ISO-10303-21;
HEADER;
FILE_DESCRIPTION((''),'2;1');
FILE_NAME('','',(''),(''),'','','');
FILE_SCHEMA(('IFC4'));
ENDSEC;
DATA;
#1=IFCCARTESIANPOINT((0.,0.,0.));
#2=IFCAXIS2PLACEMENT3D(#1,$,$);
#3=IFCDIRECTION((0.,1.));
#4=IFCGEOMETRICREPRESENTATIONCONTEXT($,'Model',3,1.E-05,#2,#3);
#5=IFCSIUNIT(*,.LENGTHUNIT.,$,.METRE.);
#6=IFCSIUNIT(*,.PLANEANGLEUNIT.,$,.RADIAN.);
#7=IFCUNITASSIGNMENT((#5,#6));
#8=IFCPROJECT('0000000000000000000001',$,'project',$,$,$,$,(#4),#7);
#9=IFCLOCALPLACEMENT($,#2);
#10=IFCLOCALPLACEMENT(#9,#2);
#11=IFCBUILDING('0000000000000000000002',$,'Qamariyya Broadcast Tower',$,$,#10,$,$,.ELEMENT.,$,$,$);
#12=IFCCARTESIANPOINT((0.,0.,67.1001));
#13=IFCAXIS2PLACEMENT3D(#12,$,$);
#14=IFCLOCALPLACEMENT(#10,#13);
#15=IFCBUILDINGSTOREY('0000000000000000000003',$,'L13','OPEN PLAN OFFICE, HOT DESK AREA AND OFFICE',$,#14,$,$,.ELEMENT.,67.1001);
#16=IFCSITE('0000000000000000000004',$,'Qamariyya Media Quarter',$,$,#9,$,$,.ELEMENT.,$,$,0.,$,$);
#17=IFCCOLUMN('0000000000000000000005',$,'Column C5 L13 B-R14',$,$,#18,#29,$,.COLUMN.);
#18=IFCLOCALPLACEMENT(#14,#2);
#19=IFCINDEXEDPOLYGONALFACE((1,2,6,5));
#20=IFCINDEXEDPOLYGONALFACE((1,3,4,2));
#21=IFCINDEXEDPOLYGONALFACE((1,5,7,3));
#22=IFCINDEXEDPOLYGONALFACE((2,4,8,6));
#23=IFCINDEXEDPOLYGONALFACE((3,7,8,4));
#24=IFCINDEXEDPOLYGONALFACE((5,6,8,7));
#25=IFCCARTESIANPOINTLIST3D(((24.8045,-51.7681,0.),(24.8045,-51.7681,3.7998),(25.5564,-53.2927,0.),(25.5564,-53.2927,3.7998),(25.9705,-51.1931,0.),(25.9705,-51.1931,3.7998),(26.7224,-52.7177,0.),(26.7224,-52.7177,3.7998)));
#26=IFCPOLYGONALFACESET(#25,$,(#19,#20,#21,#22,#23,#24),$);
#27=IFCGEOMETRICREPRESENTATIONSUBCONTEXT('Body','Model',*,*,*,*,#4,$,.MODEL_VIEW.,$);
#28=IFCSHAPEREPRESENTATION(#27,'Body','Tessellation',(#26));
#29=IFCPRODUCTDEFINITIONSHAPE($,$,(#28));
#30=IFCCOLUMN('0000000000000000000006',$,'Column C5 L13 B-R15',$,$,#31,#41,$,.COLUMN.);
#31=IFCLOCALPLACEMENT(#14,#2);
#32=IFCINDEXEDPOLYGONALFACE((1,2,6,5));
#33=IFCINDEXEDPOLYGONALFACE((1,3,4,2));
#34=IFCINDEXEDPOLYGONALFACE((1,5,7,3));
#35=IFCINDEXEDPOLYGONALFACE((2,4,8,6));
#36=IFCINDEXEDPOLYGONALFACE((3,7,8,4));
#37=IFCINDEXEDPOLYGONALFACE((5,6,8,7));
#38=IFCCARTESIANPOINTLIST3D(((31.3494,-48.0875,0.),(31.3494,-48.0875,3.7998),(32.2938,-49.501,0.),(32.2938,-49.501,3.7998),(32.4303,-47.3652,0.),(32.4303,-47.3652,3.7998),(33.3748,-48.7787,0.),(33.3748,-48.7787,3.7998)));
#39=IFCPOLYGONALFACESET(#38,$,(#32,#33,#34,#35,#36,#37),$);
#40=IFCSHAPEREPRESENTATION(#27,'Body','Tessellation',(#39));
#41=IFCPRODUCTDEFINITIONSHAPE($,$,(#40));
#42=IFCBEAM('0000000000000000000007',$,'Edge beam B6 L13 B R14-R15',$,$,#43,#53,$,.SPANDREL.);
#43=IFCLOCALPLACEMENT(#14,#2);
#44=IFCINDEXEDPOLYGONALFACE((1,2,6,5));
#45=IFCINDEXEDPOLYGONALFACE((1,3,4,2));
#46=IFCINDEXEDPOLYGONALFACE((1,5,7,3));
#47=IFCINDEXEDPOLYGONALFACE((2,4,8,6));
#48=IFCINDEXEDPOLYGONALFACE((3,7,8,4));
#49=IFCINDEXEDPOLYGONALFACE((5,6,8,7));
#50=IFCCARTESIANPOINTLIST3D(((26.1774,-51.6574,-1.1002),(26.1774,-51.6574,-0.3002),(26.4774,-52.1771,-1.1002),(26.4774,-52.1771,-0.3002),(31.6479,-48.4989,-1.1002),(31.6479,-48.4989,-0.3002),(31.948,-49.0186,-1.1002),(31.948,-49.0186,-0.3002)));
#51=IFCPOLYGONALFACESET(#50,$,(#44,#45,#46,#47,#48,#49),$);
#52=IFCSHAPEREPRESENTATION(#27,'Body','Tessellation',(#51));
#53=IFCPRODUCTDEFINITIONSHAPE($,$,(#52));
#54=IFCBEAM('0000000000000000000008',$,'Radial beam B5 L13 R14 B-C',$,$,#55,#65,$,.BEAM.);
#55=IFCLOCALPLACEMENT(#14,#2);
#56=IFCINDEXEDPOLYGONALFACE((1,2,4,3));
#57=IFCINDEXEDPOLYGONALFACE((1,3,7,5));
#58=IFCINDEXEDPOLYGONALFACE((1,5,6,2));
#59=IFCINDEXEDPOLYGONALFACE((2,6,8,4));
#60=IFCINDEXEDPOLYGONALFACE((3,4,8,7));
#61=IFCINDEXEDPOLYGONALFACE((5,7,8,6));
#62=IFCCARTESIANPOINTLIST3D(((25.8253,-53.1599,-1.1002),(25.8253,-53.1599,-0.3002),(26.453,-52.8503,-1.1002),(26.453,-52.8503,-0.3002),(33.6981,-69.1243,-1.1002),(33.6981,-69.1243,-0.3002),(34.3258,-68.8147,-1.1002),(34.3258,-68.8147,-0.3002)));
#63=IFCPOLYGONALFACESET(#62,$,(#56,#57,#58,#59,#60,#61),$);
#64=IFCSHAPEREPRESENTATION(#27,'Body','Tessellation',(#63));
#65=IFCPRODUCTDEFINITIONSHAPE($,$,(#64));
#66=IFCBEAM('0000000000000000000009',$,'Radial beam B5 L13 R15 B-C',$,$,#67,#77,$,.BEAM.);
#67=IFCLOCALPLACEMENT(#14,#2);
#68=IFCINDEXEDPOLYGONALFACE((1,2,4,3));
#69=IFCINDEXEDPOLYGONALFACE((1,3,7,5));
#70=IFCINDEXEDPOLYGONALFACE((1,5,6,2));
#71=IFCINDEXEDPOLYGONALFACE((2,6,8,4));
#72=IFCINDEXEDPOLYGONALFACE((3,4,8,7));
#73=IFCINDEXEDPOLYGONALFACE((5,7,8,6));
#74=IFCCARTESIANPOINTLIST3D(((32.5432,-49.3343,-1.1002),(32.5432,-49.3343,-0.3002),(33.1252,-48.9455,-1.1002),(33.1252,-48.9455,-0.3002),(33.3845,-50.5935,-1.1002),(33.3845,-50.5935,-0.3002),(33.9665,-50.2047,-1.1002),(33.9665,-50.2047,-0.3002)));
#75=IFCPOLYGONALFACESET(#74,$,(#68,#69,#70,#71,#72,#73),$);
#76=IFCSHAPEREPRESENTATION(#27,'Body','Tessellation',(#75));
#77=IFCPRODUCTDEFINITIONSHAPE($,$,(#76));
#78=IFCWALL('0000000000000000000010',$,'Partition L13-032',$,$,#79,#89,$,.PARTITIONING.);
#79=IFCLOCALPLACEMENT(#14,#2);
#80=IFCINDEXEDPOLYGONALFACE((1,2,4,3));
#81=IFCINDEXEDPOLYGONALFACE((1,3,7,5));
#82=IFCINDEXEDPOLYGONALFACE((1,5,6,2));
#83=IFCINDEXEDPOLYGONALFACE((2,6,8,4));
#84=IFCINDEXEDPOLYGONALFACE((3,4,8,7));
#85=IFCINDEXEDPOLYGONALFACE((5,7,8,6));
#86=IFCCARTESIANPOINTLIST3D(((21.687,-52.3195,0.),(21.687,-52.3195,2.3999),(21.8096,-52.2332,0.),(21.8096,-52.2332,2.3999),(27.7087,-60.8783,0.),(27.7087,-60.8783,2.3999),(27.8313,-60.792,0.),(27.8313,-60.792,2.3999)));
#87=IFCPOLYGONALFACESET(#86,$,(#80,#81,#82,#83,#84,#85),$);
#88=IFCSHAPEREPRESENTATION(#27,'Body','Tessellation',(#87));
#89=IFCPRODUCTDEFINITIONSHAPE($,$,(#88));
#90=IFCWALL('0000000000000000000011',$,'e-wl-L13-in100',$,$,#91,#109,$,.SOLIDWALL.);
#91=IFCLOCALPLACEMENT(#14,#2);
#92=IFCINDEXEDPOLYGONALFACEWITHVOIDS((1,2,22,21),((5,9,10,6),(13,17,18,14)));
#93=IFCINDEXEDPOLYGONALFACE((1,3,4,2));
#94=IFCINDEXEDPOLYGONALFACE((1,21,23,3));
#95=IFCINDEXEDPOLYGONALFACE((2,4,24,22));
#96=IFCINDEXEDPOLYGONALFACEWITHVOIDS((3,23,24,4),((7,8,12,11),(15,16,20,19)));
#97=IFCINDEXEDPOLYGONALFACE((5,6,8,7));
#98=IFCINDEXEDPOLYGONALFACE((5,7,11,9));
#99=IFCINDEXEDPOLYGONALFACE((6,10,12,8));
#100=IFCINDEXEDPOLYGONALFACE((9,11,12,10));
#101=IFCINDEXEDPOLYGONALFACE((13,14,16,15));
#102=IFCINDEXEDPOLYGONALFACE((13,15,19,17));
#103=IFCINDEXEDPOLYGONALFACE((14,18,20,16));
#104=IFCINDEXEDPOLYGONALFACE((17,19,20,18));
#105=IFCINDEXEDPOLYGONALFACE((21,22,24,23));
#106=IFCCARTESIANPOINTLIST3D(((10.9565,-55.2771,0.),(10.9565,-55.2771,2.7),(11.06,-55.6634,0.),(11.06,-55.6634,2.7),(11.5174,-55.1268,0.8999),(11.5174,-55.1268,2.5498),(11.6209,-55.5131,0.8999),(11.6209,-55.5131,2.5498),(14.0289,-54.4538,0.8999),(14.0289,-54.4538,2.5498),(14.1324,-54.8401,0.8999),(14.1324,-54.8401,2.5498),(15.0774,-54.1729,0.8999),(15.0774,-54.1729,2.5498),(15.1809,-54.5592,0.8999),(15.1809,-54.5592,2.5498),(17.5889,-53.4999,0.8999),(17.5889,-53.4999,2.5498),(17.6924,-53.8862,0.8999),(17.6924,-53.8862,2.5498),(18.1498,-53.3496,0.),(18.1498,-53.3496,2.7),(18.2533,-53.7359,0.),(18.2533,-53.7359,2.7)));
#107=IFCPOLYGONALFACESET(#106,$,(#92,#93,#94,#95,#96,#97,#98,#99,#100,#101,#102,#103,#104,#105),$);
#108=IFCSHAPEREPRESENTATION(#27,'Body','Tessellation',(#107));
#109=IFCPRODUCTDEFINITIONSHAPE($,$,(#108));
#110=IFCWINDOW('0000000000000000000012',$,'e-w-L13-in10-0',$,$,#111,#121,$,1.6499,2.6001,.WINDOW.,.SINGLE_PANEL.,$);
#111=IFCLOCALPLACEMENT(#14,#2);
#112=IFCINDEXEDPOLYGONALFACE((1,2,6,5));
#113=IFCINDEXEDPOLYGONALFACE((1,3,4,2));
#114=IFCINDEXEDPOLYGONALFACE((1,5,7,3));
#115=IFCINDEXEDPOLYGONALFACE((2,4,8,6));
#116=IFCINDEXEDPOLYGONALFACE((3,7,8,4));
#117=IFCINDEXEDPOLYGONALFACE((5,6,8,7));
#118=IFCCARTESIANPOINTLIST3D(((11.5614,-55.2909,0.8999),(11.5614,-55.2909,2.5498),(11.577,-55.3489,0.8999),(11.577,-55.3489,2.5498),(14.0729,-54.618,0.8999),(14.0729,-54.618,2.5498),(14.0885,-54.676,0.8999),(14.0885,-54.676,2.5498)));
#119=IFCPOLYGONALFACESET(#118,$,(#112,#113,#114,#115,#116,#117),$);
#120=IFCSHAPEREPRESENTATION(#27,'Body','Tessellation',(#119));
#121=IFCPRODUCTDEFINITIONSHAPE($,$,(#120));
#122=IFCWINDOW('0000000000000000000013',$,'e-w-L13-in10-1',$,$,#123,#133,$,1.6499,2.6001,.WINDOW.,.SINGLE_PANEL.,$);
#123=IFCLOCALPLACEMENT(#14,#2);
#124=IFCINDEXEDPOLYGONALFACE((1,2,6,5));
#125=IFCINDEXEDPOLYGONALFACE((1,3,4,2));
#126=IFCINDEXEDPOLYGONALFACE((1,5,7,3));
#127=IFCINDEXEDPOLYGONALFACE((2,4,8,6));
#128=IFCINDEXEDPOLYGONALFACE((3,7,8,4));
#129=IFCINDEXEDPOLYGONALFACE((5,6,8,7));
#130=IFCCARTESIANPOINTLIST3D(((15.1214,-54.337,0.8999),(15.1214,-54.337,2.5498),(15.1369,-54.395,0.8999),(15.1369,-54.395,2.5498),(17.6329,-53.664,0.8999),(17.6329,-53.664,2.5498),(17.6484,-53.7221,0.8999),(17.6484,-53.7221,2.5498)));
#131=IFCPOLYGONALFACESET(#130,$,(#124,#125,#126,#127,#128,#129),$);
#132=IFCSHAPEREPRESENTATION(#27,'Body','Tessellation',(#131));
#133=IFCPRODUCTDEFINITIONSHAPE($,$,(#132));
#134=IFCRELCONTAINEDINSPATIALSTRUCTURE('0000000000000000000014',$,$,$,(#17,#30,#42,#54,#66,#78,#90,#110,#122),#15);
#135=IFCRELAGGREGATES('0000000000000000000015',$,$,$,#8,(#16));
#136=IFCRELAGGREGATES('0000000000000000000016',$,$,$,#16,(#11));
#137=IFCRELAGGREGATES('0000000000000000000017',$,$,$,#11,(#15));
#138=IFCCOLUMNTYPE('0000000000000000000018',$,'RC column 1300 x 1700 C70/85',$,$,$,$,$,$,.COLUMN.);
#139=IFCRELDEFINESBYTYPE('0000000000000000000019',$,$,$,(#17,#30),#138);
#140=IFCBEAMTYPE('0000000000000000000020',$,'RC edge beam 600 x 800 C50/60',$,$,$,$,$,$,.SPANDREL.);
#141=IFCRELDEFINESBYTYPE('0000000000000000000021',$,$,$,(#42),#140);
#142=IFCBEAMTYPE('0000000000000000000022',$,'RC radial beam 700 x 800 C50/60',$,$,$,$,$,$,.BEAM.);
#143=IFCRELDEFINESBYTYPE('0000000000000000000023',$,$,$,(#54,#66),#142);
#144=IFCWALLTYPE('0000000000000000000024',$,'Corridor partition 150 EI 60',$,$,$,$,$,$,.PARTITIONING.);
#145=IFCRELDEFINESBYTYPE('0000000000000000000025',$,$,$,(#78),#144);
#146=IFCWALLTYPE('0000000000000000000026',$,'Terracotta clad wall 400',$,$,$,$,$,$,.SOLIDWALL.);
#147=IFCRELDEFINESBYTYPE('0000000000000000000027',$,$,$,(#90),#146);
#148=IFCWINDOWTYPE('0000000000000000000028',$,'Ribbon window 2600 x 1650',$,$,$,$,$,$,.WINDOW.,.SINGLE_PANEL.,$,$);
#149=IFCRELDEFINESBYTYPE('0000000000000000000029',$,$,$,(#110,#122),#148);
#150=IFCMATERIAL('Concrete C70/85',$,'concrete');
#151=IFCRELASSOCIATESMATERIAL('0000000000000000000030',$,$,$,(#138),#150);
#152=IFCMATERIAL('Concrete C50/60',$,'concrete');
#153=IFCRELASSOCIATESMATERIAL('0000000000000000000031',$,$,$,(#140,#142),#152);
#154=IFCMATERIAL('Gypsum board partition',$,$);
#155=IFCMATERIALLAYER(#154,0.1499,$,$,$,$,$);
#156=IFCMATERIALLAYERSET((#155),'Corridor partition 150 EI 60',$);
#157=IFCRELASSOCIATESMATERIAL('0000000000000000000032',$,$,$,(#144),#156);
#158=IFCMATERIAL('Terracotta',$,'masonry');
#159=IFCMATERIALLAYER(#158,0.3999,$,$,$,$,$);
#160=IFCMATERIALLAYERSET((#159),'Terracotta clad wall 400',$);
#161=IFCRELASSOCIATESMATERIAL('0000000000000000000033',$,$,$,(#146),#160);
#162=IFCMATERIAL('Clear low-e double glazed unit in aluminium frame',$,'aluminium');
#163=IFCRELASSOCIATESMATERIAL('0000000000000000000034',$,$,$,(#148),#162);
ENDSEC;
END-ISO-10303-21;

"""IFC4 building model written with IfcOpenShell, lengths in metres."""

from ifc_helpers import new_model, si_unit, direction, frame, frame_2d, origin, origin_2d, place, context, subcontext, project, spatial, rectangle, extrude, material, layer, layer_set, material_profile, profile_set, type_object, element, fill, save


model = new_model("IFC4")

# Units and contexts
model_context = context("Model", 3, precision=1e-05, world=origin(), true_north=direction((0.0, 1.0)))
body_context = subcontext(model_context, "Body", "Model", "MODEL_VIEW")
ifc_project = project(units=[si_unit("LENGTHUNIT", "METRE"), si_unit("PLANEANGLEUNIT", "RADIAN")], contexts=[model_context])

# Site, building, storey
site_placement = place(None, origin())
site = spatial("IfcSite", under=ifc_project, at=site_placement, Name="Qamariyya Media Quarter", CompositionType="ELEMENT", RefElevation=0.0)
building_placement = place(site_placement, origin())
building = spatial("IfcBuilding", under=site, at=building_placement, Name="Qamariyya Broadcast Tower", CompositionType="ELEMENT")
storey_placement = place(building_placement, frame((0.0, 0.0, 67.1001)))
storey = spatial("IfcBuildingStorey", under=building, at=storey_placement, Name="L13", Description="OPEN PLAN OFFICE, HOT DESK AREA AND OFFICE", CompositionType="ELEMENT", Elevation=67.1001)

# Columns
ifc_material_1 = material(Name="Concrete C70/85", Category="concrete")
ifc_material_profile_1 = material_profile(ifc_material_1, rectangle(XDim=1.3, YDim=1.7, at=origin_2d()))
ifc_profile_set_1 = profile_set([ifc_material_profile_1], Name="Concrete C70/85")
column_type = type_object("IfcColumnType", Name="RC column 1300 x 1700 C70/85", PredefinedType="COLUMN", material=ifc_profile_set_1)
for number, where, z_axis, x_axis, name in (
    (1, (25.7634, -52.2429, 0.0), (0.0, 0.0, 1.0), (0.896873, 0.442289, 0.0), "Column C5 L13 B-R14"),
    (2, (32.3621, -48.4331, 0.0), (0.0, 0.0, 1.0), (0.83147, 0.55557, 0.0), "Column C5 L13 B-R15"),
):
    element("IfcColumn", number, at=place(storey_placement, frame(where, z_axis=z_axis, x_axis=x_axis)), inside=storey, type_object=column_type, Name=name, PredefinedType="COLUMN", context=body_context, shape_type="SweptSolid", body=[
        extrude(rectangle(XDim=1.3, YDim=1.7, at=origin_2d()), origin(), (0.0, 0.0, 1.0), 3.7998),
    ])

# Beams
ifc_material_2 = material(Name="Concrete C50/60", Category="concrete")
ifc_material_profile_2 = material_profile(ifc_material_2, rectangle(XDim=0.6001, YDim=0.8, at=origin_2d()))
ifc_profile_set_2 = profile_set([ifc_material_profile_2], Name="Concrete C50/60")
beam_type_1 = type_object("IfcBeamType", Name="RC edge beam 600 x 800 C50/60", PredefinedType="SPANDREL", material=ifc_profile_set_2)
beam_1_placement = place(storey_placement, frame((26.3274, -51.9172, -0.7002), z_axis=(0.86602, 0.500009, 0.0), x_axis=(-0.500009, 0.86602, 0.0)))
element("IfcBeam", 3, at=beam_1_placement, inside=storey, type_object=beam_type_1, Name="Edge beam B6 L13 B R14-R15", PredefinedType="SPANDREL", context=body_context, shape_type="SweptSolid", body=[
    extrude(rectangle(XDim=0.6001, YDim=0.8, at=origin_2d()), origin(), (0.0, 0.0, 1.0), 6.3169),
])
ifc_material_profile_3 = material_profile(ifc_material_2, rectangle(XDim=0.7, YDim=0.8, at=origin_2d()))
ifc_profile_set_3 = profile_set([ifc_material_profile_3], Name="Concrete C50/60")
beam_type_2 = type_object("IfcBeamType", Name="RC radial beam 700 x 800 C50/60", PredefinedType="BEAM", material=ifc_profile_set_3)
beam_2_placement = place(storey_placement, frame((26.1392, -53.0051, -0.7002), z_axis=(0.442291, -0.896872, 0.0), x_axis=(0.896872, 0.442291, 0.0)))
element("IfcBeam", 4, at=beam_2_placement, inside=storey, type_object=beam_type_2, Name="Radial beam B5 L13 R14 B-C", PredefinedType="BEAM", context=body_context, shape_type="SweptSolid", body=[
    extrude(rectangle(XDim=0.7, YDim=0.8, at=origin_2d()), origin(), (0.0, 0.0, 1.0), 17.8),
])
beam_3_placement = place(storey_placement, frame((32.8342, -49.1399, -0.7002), z_axis=(0.555518, -0.831504, 0.0), x_axis=(0.831504, 0.555518, 0.0)))
element("IfcBeam", 5, at=beam_3_placement, inside=storey, type_object=beam_type_2, Name="Radial beam B5 L13 R15 B-C", PredefinedType="BEAM", context=body_context, shape_type="SweptSolid", body=[
    extrude(rectangle(XDim=0.7, YDim=0.8, at=origin_2d()), origin(), (0.0, 0.0, 1.0), 1.5144),
])

# Wall
ifc_material_3 = material(Name="Gypsum board partition")
ifc_layer_1 = layer(ifc_material_3, 0.1499)
ifc_layer_set_1 = layer_set([ifc_layer_1], Name="Corridor partition 150 EI 60")
wall_type_1 = type_object("IfcWallType", Name="Corridor partition 150 EI 60", PredefinedType="PARTITIONING", material=ifc_layer_set_1)
wall_1_placement = place(storey_placement, frame((21.7483, -52.2764, 0.0), z_axis=(0.0, 0.0, 1.0), x_axis=(0.575419, -0.817858, 0.0)))
element("IfcWall", 6, at=wall_1_placement, inside=storey, type_object=wall_type_1, Name="Partition L13-032", PredefinedType="PARTITIONING", context=body_context, shape_type="SweptSolid", body=[
    extrude(rectangle(XDim=10.4648, YDim=0.1499, at=frame_2d((5.2324, 0.0))), origin(), (0.0, 0.0, 1.0), 2.3999),
])

# Wall, openings, windows
ifc_material_4 = material(Name="Terracotta", Category="masonry")
ifc_layer_2 = layer(ifc_material_4, 0.3999)
ifc_layer_set_2 = layer_set([ifc_layer_2], Name="Terracotta clad wall 400")
wall_type_2 = type_object("IfcWallType", Name="Terracotta clad wall 400", PredefinedType="SOLIDWALL", material=ifc_layer_set_2)
wall_2_placement = place(storey_placement, frame((18.2017, -53.5427, 0.0), z_axis=(0.0, 0.0, 1.0), x_axis=(-0.965925, -0.258823, 0.0)))
wall_2 = element("IfcWall", 7, at=wall_2_placement, inside=storey, type_object=wall_type_2, Name="e-wl-L13-in100", PredefinedType="SOLIDWALL", context=body_context, shape_type="SweptSolid", body=[
    extrude(rectangle(XDim=7.447, YDim=0.3999, at=frame_2d((3.7236, 0.0))), origin(), (0.0, 0.0, 1.0), 2.7),
])
opening_1_placement = place(wall_2_placement, frame((4.2664, 0.0, 0.8999)))
opening_1 = element("IfcOpeningElement", 8, at=opening_1_placement, cuts=wall_2, PredefinedType="OPENING", context=body_context, shape_type="SweptSolid", body=[
    extrude(rectangle(XDim=2.6001, YDim=1.6499, at=frame_2d((1.3, 0.825))), frame((0.0, 0.21, 0.0), z_axis=(0.0, -1.0, 0.0), x_axis=(1.0, 0.0, 0.0)), (0.0, 0.0, 1.0), 0.4199),
])
opening_2_placement = place(wall_2_placement, frame((0.5808, 0.0, 0.8999)))
opening_2 = element("IfcOpeningElement", 9, at=opening_2_placement, cuts=wall_2, PredefinedType="OPENING", context=body_context, shape_type="SweptSolid", body=[
    extrude(rectangle(XDim=2.6001, YDim=1.6499, at=frame_2d((1.3, 0.825))), frame((0.0, 0.21, 0.0), z_axis=(0.0, -1.0, 0.0), x_axis=(1.0, 0.0, 0.0)), (0.0, 0.0, 1.0), 0.4199),
])
ifc_material_5 = material(Name="Clear low-e double glazed unit in aluminium frame", Category="aluminium")
window_type = type_object("IfcWindowType", Name="Ribbon window 2600 x 1650", PartitioningType="SINGLE_PANEL", PredefinedType="WINDOW", material=ifc_material_5)
window_1_placement = place(opening_1_placement, origin())
window_1 = element("IfcWindow", 10, at=window_1_placement, inside=storey, type_object=window_type, Name="e-w-L13-in10-0", OverallHeight=1.6499, OverallWidth=2.6001, PartitioningType="SINGLE_PANEL", PredefinedType="WINDOW", context=body_context, shape_type="SweptSolid", body=[
    extrude(rectangle(XDim=2.6001, YDim=1.6499, at=frame_2d((1.3, 0.825))), frame((0.0, 0.03, 0.0), z_axis=(0.0, -1.0, 0.0), x_axis=(1.0, 0.0, 0.0)), (0.0, 0.0, 1.0), 0.0601),
])
fill(opening_1, window_1)
window_2_placement = place(opening_2_placement, origin())
window_2 = element("IfcWindow", 11, at=window_2_placement, inside=storey, type_object=window_type, Name="e-w-L13-in10-1", OverallHeight=1.6499, OverallWidth=2.6001, PartitioningType="SINGLE_PANEL", PredefinedType="WINDOW", context=body_context, shape_type="SweptSolid", body=[
    extrude(rectangle(XDim=2.6001, YDim=1.6499, at=frame_2d((1.3, 0.825))), frame((0.0, 0.03, 0.0), z_axis=(0.0, -1.0, 0.0), x_axis=(1.0, 0.0, 0.0)), (0.0, 0.0, 1.0), 0.0601),
])
fill(opening_2, window_2)

save(model, "model.ifc")
